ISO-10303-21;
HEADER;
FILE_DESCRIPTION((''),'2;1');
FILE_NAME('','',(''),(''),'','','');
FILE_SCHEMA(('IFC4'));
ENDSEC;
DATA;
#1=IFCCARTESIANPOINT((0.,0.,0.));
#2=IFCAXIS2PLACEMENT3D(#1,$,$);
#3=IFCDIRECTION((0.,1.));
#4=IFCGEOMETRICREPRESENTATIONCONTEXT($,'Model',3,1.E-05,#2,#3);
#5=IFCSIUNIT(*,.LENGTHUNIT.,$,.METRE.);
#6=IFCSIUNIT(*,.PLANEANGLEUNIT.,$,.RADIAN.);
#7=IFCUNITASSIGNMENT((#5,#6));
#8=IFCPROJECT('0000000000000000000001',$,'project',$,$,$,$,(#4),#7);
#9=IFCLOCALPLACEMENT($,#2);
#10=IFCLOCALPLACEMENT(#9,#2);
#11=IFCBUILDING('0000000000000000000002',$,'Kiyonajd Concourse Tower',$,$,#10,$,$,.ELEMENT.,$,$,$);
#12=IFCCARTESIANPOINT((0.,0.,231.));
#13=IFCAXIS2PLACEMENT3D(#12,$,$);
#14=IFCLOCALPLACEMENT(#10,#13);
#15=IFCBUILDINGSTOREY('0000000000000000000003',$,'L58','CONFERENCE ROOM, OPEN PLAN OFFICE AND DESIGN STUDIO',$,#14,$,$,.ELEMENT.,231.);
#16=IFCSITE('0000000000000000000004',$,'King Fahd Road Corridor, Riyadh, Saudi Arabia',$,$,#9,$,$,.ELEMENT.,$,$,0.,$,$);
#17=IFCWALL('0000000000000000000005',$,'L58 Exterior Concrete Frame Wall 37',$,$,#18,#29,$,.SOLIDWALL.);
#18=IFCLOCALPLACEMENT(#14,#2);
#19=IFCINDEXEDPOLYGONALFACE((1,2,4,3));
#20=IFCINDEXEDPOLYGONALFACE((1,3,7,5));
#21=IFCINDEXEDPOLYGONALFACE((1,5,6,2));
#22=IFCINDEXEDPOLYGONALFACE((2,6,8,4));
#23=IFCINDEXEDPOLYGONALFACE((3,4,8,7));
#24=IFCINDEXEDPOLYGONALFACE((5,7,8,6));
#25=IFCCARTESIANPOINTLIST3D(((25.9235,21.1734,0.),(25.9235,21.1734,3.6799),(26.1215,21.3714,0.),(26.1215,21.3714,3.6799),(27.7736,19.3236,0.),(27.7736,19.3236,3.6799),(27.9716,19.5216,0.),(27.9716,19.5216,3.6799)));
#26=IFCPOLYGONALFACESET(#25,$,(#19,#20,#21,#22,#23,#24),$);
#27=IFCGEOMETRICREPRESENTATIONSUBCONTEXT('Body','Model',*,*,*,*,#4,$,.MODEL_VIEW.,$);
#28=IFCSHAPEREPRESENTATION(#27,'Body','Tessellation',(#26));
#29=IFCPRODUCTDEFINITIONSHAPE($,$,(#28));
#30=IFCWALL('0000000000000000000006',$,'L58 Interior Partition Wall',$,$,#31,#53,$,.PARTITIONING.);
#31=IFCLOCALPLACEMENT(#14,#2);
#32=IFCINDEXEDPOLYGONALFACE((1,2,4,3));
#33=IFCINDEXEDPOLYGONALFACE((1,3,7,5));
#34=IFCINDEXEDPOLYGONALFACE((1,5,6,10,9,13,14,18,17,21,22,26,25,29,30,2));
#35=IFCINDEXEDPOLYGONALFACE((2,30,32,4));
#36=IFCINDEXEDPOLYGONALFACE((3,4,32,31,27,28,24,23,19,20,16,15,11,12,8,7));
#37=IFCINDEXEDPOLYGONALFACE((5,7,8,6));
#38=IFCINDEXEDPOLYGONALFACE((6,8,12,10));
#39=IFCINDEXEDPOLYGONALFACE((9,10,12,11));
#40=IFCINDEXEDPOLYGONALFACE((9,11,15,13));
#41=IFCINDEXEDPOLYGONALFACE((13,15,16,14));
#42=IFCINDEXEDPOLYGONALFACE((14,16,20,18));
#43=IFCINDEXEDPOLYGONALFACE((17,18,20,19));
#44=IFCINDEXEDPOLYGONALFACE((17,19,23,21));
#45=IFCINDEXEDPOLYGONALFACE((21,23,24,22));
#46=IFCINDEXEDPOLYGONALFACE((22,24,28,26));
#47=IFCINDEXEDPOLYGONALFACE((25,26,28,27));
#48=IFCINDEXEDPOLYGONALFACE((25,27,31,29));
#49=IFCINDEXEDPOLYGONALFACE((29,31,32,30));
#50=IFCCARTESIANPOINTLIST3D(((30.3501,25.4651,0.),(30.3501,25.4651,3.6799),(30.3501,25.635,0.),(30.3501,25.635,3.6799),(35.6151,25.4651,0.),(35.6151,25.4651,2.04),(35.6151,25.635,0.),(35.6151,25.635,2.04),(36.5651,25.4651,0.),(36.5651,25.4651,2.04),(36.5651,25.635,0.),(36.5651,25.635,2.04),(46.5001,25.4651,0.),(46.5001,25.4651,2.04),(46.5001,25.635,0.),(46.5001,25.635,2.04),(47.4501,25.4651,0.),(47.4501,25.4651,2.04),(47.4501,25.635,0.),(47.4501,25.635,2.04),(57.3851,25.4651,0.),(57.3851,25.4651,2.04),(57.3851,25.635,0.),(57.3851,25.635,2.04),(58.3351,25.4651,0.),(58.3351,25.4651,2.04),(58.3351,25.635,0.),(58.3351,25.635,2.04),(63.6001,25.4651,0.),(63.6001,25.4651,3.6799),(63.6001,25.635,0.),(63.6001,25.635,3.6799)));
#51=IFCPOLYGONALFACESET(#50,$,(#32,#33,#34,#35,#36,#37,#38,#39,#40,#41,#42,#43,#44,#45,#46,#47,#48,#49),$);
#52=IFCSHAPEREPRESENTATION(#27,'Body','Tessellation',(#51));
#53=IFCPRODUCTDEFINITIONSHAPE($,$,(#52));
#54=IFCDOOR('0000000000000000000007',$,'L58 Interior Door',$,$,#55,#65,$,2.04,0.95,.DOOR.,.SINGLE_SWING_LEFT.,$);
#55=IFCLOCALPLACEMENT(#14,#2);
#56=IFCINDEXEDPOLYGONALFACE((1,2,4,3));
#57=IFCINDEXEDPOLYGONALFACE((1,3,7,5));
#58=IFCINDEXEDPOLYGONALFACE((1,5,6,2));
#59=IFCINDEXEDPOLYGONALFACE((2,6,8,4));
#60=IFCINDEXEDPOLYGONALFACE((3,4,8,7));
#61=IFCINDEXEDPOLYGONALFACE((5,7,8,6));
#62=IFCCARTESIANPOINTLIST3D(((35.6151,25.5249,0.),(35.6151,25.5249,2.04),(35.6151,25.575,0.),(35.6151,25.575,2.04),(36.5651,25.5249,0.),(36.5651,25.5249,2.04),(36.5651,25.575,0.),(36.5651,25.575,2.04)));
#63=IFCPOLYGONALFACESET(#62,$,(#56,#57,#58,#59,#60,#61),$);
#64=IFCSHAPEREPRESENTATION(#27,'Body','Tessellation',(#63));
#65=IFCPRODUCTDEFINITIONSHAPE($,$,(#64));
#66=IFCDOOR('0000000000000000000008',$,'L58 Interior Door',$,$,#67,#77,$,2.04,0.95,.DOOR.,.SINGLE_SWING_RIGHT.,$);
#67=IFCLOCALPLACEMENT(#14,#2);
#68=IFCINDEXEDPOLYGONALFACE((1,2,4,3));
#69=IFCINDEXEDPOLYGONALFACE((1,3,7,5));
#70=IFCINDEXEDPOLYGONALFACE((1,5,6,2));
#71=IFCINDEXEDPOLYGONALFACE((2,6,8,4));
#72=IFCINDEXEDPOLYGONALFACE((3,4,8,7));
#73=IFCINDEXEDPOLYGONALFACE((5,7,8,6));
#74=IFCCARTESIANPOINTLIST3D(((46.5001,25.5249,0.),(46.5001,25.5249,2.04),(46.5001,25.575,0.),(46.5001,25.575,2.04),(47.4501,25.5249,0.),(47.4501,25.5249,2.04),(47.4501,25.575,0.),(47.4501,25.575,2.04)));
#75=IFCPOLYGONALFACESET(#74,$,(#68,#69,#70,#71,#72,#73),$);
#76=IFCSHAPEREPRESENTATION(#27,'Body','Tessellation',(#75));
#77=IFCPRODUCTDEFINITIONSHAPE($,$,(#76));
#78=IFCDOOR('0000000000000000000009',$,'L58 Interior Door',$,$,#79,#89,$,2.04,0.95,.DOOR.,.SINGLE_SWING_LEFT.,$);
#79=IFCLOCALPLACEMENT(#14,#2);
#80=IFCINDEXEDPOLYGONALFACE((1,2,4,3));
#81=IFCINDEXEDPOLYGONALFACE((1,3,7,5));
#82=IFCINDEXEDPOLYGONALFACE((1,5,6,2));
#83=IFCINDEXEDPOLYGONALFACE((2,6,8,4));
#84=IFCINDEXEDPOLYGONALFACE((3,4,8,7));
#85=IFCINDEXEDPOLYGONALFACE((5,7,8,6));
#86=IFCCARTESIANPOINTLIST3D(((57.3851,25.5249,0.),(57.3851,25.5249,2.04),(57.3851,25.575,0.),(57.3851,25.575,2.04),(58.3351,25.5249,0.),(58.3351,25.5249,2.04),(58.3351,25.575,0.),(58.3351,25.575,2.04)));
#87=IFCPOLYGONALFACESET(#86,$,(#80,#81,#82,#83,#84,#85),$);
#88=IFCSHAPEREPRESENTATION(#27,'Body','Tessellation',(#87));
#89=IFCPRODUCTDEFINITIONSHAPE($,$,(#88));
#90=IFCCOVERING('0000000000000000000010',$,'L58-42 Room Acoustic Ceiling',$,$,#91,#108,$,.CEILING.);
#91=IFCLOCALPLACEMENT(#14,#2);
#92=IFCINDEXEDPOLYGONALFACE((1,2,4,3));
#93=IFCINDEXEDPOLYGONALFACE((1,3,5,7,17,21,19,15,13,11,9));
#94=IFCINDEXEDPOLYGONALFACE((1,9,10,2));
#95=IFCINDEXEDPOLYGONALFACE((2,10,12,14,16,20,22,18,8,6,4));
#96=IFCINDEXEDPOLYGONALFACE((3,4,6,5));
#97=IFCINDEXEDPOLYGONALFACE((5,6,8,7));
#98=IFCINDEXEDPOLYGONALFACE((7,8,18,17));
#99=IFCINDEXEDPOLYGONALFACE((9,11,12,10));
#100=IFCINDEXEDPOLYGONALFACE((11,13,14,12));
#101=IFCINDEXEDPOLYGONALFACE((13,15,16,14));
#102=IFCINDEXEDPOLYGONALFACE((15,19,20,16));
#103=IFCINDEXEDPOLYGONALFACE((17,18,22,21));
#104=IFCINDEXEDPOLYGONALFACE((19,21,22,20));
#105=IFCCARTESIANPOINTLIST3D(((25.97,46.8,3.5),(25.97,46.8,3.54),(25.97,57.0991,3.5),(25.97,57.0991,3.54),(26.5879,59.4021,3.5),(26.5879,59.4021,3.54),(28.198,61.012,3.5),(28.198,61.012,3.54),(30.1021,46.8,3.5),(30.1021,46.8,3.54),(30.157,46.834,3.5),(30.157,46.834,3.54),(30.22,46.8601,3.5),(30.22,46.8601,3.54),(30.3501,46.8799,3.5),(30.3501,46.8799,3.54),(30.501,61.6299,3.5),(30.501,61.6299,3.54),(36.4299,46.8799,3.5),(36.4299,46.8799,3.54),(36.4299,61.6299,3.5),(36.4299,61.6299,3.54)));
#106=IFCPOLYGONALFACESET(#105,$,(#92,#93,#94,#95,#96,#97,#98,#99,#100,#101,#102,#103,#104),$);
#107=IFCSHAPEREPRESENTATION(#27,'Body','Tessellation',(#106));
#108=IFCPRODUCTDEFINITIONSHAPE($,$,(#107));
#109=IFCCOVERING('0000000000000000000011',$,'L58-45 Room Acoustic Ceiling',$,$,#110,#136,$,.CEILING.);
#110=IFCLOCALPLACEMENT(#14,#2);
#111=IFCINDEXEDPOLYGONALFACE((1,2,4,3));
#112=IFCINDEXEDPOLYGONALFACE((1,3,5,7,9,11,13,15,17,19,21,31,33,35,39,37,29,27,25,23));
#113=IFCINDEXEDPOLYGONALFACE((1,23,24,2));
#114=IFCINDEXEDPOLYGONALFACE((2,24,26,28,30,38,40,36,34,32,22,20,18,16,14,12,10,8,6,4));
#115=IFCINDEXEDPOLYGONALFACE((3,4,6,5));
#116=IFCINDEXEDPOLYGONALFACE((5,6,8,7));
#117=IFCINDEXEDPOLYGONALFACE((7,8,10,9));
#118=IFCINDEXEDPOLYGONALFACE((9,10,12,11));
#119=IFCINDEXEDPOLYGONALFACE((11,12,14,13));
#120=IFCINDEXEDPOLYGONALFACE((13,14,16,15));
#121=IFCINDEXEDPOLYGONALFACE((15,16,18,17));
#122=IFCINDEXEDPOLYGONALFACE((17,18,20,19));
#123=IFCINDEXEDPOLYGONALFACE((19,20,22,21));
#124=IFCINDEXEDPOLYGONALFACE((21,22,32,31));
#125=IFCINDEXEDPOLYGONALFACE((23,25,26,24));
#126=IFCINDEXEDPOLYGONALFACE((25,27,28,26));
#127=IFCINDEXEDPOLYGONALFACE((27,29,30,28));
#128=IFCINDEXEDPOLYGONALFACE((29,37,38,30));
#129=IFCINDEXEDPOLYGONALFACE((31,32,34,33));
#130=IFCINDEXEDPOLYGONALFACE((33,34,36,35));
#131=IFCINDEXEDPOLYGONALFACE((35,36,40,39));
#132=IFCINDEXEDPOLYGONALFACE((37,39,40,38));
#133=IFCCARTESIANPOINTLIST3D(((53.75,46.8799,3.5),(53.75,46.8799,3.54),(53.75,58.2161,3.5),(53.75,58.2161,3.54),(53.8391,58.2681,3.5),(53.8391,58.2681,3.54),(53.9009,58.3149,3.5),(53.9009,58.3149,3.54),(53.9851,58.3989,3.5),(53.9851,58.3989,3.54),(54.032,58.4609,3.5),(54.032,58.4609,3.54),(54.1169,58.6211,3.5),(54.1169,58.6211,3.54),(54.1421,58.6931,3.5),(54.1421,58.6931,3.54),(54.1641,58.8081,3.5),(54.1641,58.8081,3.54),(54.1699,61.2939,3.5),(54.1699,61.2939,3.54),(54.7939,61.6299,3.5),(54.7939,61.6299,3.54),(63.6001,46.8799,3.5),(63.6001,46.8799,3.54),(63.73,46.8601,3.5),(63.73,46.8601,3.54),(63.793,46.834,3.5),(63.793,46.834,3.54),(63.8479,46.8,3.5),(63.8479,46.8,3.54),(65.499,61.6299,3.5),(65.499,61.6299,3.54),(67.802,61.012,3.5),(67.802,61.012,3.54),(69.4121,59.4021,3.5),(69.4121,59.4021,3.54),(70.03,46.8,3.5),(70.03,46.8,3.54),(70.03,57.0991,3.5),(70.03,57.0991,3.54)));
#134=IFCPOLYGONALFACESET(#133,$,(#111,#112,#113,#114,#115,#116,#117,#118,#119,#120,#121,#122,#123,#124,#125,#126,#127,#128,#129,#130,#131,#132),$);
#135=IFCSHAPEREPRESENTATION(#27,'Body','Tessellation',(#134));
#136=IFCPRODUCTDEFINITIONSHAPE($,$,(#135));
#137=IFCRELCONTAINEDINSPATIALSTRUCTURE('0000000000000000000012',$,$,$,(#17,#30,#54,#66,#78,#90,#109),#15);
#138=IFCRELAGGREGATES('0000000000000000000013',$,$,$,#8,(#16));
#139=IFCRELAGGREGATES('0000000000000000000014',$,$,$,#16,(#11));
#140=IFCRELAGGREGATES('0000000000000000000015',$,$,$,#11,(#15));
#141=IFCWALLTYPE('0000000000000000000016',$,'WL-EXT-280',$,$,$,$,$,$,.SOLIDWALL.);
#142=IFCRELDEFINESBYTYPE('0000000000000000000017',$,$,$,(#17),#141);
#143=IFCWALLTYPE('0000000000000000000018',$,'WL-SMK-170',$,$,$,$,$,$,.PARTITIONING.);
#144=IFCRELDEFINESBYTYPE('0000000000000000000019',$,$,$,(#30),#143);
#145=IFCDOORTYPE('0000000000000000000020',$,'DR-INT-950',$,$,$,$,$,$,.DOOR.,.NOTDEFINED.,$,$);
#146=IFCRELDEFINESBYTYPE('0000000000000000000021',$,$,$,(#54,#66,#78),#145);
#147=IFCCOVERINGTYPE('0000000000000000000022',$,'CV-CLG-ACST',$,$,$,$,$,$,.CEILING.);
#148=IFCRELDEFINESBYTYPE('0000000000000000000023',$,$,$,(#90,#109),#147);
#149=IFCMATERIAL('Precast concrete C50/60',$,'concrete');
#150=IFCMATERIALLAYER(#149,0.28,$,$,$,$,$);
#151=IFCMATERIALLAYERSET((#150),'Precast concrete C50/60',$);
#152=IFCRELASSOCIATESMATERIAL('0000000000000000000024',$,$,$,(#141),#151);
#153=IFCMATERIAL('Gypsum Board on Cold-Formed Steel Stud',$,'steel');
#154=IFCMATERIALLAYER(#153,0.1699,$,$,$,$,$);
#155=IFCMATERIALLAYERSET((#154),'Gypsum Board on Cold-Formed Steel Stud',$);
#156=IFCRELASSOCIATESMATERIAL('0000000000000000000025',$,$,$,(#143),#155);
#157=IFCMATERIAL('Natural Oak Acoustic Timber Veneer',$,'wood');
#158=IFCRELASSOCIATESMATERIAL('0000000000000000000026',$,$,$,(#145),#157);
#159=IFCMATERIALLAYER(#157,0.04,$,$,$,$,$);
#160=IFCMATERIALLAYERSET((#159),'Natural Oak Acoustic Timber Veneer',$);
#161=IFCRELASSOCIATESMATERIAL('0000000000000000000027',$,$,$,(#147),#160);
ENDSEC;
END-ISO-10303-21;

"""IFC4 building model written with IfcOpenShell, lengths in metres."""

from ifc_helpers import new_model, si_unit, direction, frame, frame_2d, origin, place, context, subcontext, project, spatial, polyline, rectangle, outline, extrude, material, layer, layer_set, type_object, element, fill, save


model = new_model("IFC4")

# Units and contexts
model_context = context("Model", 3, precision=1e-05, world=origin(), true_north=direction((0.0, 1.0)))
body_context = subcontext(model_context, "Body", "Model", "MODEL_VIEW")
ifc_project = project(units=[si_unit("LENGTHUNIT", "METRE"), si_unit("PLANEANGLEUNIT", "RADIAN")], contexts=[model_context])

# Site, building, storey
site_placement = place(None, origin())
site = spatial("IfcSite", under=ifc_project, at=site_placement, Name="King Fahd Road Corridor, Riyadh, Saudi Arabia", CompositionType="ELEMENT", RefElevation=0.0)
building_placement = place(site_placement, origin())
building = spatial("IfcBuilding", under=site, at=building_placement, Name="Kiyonajd Concourse Tower", CompositionType="ELEMENT")
storey_placement = place(building_placement, frame((0.0, 0.0, 231.0)))
storey = spatial("IfcBuildingStorey", under=building, at=storey_placement, Name="L58", Description="CONFERENCE ROOM, OPEN PLAN OFFICE AND DESIGN STUDIO", CompositionType="ELEMENT", Elevation=231.0)

# Shared definitions
ifc_material_1 = material(Name="Precast concrete C50/60", Category="concrete")

# Wall
ifc_layer_1 = layer(ifc_material_1, 0.28)
ifc_layer_set_1 = layer_set([ifc_layer_1], Name="Precast concrete C50/60")
wall_type_1 = type_object("IfcWallType", Name="WL-EXT-280", PredefinedType="SOLIDWALL", material=ifc_layer_set_1)
wall_1_placement = place(storey_placement, frame((27.8726, 19.4226, 0.0), z_axis=(0.0, 0.0, 1.0), x_axis=(-0.707153, 0.70706, 0.0)))
element("IfcWall", 1, at=wall_1_placement, inside=storey, type_object=wall_type_1, Name="L58 Exterior Concrete Frame Wall 37", PredefinedType="SOLIDWALL", context=body_context, shape_type="SweptSolid", body=[
    extrude(rectangle(XDim=2.6162, YDim=0.28, at=frame_2d((1.3081, 0.0))), origin(), (0.0, 0.0, 1.0), 3.6799),
])

# Wall, openings, doors
ifc_material_2 = material(Name="Gypsum Board on Cold-Formed Steel Stud", Category="steel")
ifc_layer_2 = layer(ifc_material_2, 0.1699)
ifc_layer_set_2 = layer_set([ifc_layer_2], Name="Gypsum Board on Cold-Formed Steel Stud")
wall_type_2 = type_object("IfcWallType", Name="WL-SMK-170", PredefinedType="PARTITIONING", material=ifc_layer_set_2)
wall_2_placement = place(storey_placement, frame((30.3501, 25.55, 0.0), z_axis=(0.0, 0.0, 1.0), x_axis=(1.0, 0.0, 0.0)))
wall_2 = element("IfcWall", 2, at=wall_2_placement, inside=storey, type_object=wall_type_2, Name="L58 Interior Partition Wall", PredefinedType="PARTITIONING", context=body_context, shape_type="SweptSolid", body=[
    extrude(rectangle(XDim=33.25, YDim=0.1699, at=frame_2d((16.625, 0.0))), origin(), (0.0, 0.0, 1.0), 3.6799),
])
opening_1_placement = place(wall_2_placement, frame((5.2649, 0.0, 0.0)))
opening_1 = element("IfcOpeningElement", 3, at=opening_1_placement, cuts=wall_2, PredefinedType="OPENING", context=body_context, shape_type="SweptSolid", body=[
    extrude(rectangle(XDim=0.95, YDim=2.04, at=frame_2d((0.4751, 1.02))), frame((0.0, 0.095, 0.0), z_axis=(0.0, -1.0, 0.0), x_axis=(1.0, 0.0, 0.0)), (0.0, 0.0, 1.0), 0.1899),
])
opening_2_placement = place(wall_2_placement, frame((16.1499, 0.0, 0.0)))
opening_2 = element("IfcOpeningElement", 4, at=opening_2_placement, cuts=wall_2, PredefinedType="OPENING", context=body_context, shape_type="SweptSolid", body=[
    extrude(rectangle(XDim=0.95, YDim=2.04, at=frame_2d((0.4751, 1.02))), frame((0.0, 0.095, 0.0), z_axis=(0.0, -1.0, 0.0), x_axis=(1.0, 0.0, 0.0)), (0.0, 0.0, 1.0), 0.1899),
])
opening_3_placement = place(wall_2_placement, frame((27.0349, 0.0, 0.0)))
opening_3 = element("IfcOpeningElement", 5, at=opening_3_placement, cuts=wall_2, PredefinedType="OPENING", context=body_context, shape_type="SweptSolid", body=[
    extrude(rectangle(XDim=0.95, YDim=2.04, at=frame_2d((0.4751, 1.02))), frame((0.0, 0.095, 0.0), z_axis=(0.0, -1.0, 0.0), x_axis=(1.0, 0.0, 0.0)), (0.0, 0.0, 1.0), 0.1899),
])
ifc_material_3 = material(Name="Natural Oak Acoustic Timber Veneer", Category="wood")
door_type = type_object("IfcDoorType", Name="DR-INT-950", OperationType="NOTDEFINED", PredefinedType="DOOR", material=ifc_material_3)
door_1_placement = place(opening_1_placement, origin())
door_1 = element("IfcDoor", 6, at=door_1_placement, inside=storey, type_object=door_type, Name="L58 Interior Door", OperationType="SINGLE_SWING_LEFT", OverallHeight=2.04, OverallWidth=0.95, PredefinedType="DOOR", context=body_context, shape_type="SweptSolid", body=[
    extrude(rectangle(XDim=0.95, YDim=2.04, at=frame_2d((0.4751, 1.02))), frame((0.0, 0.0249, 0.0), z_axis=(0.0, -1.0, 0.0), x_axis=(1.0, 0.0, 0.0)), (0.0, 0.0, 1.0), 0.05),
])
fill(opening_1, door_1)
door_2_placement = place(opening_2_placement, origin())
door_2 = element("IfcDoor", 7, at=door_2_placement, inside=storey, type_object=door_type, Name="L58 Interior Door", OperationType="SINGLE_SWING_RIGHT", OverallHeight=2.04, OverallWidth=0.95, PredefinedType="DOOR", context=body_context, shape_type="SweptSolid", body=[
    extrude(rectangle(XDim=0.95, YDim=2.04, at=frame_2d((0.4751, 1.02))), frame((0.0, 0.0249, 0.0), z_axis=(0.0, -1.0, 0.0), x_axis=(1.0, 0.0, 0.0)), (0.0, 0.0, 1.0), 0.05),
])
fill(opening_2, door_2)
door_3_placement = place(opening_3_placement, origin())
door_3 = element("IfcDoor", 8, at=door_3_placement, inside=storey, type_object=door_type, Name="L58 Interior Door", OperationType="SINGLE_SWING_LEFT", OverallHeight=2.04, OverallWidth=0.95, PredefinedType="DOOR", context=body_context, shape_type="SweptSolid", body=[
    extrude(rectangle(XDim=0.95, YDim=2.04, at=frame_2d((0.4751, 1.02))), frame((0.0, 0.0249, 0.0), z_axis=(0.0, -1.0, 0.0), x_axis=(1.0, 0.0, 0.0)), (0.0, 0.0, 1.0), 0.05),
])
fill(opening_3, door_3)

# Coverings
ifc_layer_3 = layer(ifc_material_3, 0.04)
ifc_layer_set_3 = layer_set([ifc_layer_3], Name="Natural Oak Acoustic Timber Veneer")
covering_type = type_object("IfcCoveringType", Name="CV-CLG-ACST", PredefinedType="CEILING", material=ifc_layer_set_3)
covering_1_placement = place(storey_placement, frame((0.0, 0.0, 3.5)))
element("IfcCovering", 9, at=covering_1_placement, inside=storey, type_object=covering_type, Name="L58-42 Room Acoustic Ceiling", PredefinedType="CEILING", context=body_context, shape_type="SweptSolid", body=[
    extrude(outline(polyline([(28.198, 61.012), (30.501, 61.6299), (36.4299, 61.6299), (36.4299, 46.8799), (30.3501, 46.8799), (30.22, 46.8601), (30.157, 46.834), (30.1021, 46.8), (25.97, 46.8), (25.97, 57.0991), (26.5879, 59.4021), (28.198, 61.012)])), origin(), (0.0, 0.0, 1.0), 0.04),
])
covering_2_placement = place(storey_placement, frame((0.0, 0.0, 3.5)))
element("IfcCovering", 10, at=covering_2_placement, inside=storey, type_object=covering_type, Name="L58-45 Room Acoustic Ceiling", PredefinedType="CEILING", context=body_context, shape_type="SweptSolid", body=[
    extrude(outline(polyline([(53.75, 58.2161), (53.8391, 58.2681), (53.9009, 58.3149), (53.9851, 58.3989), (54.032, 58.4609), (54.1169, 58.6211), (54.1421, 58.6931), (54.1641, 58.8081), (54.1699, 61.2939), (54.7939, 61.6299), (65.499, 61.6299), (67.802, 61.012), (69.4121, 59.4021), (70.03, 57.0991), (70.03, 46.8), (63.8479, 46.8), (63.793, 46.834), (63.73, 46.8601), (63.6001, 46.8799), (53.75, 46.8799), (53.75, 58.2161)])), origin(), (0.0, 0.0, 1.0), 0.04),
])

save(model, "model.ifc")
